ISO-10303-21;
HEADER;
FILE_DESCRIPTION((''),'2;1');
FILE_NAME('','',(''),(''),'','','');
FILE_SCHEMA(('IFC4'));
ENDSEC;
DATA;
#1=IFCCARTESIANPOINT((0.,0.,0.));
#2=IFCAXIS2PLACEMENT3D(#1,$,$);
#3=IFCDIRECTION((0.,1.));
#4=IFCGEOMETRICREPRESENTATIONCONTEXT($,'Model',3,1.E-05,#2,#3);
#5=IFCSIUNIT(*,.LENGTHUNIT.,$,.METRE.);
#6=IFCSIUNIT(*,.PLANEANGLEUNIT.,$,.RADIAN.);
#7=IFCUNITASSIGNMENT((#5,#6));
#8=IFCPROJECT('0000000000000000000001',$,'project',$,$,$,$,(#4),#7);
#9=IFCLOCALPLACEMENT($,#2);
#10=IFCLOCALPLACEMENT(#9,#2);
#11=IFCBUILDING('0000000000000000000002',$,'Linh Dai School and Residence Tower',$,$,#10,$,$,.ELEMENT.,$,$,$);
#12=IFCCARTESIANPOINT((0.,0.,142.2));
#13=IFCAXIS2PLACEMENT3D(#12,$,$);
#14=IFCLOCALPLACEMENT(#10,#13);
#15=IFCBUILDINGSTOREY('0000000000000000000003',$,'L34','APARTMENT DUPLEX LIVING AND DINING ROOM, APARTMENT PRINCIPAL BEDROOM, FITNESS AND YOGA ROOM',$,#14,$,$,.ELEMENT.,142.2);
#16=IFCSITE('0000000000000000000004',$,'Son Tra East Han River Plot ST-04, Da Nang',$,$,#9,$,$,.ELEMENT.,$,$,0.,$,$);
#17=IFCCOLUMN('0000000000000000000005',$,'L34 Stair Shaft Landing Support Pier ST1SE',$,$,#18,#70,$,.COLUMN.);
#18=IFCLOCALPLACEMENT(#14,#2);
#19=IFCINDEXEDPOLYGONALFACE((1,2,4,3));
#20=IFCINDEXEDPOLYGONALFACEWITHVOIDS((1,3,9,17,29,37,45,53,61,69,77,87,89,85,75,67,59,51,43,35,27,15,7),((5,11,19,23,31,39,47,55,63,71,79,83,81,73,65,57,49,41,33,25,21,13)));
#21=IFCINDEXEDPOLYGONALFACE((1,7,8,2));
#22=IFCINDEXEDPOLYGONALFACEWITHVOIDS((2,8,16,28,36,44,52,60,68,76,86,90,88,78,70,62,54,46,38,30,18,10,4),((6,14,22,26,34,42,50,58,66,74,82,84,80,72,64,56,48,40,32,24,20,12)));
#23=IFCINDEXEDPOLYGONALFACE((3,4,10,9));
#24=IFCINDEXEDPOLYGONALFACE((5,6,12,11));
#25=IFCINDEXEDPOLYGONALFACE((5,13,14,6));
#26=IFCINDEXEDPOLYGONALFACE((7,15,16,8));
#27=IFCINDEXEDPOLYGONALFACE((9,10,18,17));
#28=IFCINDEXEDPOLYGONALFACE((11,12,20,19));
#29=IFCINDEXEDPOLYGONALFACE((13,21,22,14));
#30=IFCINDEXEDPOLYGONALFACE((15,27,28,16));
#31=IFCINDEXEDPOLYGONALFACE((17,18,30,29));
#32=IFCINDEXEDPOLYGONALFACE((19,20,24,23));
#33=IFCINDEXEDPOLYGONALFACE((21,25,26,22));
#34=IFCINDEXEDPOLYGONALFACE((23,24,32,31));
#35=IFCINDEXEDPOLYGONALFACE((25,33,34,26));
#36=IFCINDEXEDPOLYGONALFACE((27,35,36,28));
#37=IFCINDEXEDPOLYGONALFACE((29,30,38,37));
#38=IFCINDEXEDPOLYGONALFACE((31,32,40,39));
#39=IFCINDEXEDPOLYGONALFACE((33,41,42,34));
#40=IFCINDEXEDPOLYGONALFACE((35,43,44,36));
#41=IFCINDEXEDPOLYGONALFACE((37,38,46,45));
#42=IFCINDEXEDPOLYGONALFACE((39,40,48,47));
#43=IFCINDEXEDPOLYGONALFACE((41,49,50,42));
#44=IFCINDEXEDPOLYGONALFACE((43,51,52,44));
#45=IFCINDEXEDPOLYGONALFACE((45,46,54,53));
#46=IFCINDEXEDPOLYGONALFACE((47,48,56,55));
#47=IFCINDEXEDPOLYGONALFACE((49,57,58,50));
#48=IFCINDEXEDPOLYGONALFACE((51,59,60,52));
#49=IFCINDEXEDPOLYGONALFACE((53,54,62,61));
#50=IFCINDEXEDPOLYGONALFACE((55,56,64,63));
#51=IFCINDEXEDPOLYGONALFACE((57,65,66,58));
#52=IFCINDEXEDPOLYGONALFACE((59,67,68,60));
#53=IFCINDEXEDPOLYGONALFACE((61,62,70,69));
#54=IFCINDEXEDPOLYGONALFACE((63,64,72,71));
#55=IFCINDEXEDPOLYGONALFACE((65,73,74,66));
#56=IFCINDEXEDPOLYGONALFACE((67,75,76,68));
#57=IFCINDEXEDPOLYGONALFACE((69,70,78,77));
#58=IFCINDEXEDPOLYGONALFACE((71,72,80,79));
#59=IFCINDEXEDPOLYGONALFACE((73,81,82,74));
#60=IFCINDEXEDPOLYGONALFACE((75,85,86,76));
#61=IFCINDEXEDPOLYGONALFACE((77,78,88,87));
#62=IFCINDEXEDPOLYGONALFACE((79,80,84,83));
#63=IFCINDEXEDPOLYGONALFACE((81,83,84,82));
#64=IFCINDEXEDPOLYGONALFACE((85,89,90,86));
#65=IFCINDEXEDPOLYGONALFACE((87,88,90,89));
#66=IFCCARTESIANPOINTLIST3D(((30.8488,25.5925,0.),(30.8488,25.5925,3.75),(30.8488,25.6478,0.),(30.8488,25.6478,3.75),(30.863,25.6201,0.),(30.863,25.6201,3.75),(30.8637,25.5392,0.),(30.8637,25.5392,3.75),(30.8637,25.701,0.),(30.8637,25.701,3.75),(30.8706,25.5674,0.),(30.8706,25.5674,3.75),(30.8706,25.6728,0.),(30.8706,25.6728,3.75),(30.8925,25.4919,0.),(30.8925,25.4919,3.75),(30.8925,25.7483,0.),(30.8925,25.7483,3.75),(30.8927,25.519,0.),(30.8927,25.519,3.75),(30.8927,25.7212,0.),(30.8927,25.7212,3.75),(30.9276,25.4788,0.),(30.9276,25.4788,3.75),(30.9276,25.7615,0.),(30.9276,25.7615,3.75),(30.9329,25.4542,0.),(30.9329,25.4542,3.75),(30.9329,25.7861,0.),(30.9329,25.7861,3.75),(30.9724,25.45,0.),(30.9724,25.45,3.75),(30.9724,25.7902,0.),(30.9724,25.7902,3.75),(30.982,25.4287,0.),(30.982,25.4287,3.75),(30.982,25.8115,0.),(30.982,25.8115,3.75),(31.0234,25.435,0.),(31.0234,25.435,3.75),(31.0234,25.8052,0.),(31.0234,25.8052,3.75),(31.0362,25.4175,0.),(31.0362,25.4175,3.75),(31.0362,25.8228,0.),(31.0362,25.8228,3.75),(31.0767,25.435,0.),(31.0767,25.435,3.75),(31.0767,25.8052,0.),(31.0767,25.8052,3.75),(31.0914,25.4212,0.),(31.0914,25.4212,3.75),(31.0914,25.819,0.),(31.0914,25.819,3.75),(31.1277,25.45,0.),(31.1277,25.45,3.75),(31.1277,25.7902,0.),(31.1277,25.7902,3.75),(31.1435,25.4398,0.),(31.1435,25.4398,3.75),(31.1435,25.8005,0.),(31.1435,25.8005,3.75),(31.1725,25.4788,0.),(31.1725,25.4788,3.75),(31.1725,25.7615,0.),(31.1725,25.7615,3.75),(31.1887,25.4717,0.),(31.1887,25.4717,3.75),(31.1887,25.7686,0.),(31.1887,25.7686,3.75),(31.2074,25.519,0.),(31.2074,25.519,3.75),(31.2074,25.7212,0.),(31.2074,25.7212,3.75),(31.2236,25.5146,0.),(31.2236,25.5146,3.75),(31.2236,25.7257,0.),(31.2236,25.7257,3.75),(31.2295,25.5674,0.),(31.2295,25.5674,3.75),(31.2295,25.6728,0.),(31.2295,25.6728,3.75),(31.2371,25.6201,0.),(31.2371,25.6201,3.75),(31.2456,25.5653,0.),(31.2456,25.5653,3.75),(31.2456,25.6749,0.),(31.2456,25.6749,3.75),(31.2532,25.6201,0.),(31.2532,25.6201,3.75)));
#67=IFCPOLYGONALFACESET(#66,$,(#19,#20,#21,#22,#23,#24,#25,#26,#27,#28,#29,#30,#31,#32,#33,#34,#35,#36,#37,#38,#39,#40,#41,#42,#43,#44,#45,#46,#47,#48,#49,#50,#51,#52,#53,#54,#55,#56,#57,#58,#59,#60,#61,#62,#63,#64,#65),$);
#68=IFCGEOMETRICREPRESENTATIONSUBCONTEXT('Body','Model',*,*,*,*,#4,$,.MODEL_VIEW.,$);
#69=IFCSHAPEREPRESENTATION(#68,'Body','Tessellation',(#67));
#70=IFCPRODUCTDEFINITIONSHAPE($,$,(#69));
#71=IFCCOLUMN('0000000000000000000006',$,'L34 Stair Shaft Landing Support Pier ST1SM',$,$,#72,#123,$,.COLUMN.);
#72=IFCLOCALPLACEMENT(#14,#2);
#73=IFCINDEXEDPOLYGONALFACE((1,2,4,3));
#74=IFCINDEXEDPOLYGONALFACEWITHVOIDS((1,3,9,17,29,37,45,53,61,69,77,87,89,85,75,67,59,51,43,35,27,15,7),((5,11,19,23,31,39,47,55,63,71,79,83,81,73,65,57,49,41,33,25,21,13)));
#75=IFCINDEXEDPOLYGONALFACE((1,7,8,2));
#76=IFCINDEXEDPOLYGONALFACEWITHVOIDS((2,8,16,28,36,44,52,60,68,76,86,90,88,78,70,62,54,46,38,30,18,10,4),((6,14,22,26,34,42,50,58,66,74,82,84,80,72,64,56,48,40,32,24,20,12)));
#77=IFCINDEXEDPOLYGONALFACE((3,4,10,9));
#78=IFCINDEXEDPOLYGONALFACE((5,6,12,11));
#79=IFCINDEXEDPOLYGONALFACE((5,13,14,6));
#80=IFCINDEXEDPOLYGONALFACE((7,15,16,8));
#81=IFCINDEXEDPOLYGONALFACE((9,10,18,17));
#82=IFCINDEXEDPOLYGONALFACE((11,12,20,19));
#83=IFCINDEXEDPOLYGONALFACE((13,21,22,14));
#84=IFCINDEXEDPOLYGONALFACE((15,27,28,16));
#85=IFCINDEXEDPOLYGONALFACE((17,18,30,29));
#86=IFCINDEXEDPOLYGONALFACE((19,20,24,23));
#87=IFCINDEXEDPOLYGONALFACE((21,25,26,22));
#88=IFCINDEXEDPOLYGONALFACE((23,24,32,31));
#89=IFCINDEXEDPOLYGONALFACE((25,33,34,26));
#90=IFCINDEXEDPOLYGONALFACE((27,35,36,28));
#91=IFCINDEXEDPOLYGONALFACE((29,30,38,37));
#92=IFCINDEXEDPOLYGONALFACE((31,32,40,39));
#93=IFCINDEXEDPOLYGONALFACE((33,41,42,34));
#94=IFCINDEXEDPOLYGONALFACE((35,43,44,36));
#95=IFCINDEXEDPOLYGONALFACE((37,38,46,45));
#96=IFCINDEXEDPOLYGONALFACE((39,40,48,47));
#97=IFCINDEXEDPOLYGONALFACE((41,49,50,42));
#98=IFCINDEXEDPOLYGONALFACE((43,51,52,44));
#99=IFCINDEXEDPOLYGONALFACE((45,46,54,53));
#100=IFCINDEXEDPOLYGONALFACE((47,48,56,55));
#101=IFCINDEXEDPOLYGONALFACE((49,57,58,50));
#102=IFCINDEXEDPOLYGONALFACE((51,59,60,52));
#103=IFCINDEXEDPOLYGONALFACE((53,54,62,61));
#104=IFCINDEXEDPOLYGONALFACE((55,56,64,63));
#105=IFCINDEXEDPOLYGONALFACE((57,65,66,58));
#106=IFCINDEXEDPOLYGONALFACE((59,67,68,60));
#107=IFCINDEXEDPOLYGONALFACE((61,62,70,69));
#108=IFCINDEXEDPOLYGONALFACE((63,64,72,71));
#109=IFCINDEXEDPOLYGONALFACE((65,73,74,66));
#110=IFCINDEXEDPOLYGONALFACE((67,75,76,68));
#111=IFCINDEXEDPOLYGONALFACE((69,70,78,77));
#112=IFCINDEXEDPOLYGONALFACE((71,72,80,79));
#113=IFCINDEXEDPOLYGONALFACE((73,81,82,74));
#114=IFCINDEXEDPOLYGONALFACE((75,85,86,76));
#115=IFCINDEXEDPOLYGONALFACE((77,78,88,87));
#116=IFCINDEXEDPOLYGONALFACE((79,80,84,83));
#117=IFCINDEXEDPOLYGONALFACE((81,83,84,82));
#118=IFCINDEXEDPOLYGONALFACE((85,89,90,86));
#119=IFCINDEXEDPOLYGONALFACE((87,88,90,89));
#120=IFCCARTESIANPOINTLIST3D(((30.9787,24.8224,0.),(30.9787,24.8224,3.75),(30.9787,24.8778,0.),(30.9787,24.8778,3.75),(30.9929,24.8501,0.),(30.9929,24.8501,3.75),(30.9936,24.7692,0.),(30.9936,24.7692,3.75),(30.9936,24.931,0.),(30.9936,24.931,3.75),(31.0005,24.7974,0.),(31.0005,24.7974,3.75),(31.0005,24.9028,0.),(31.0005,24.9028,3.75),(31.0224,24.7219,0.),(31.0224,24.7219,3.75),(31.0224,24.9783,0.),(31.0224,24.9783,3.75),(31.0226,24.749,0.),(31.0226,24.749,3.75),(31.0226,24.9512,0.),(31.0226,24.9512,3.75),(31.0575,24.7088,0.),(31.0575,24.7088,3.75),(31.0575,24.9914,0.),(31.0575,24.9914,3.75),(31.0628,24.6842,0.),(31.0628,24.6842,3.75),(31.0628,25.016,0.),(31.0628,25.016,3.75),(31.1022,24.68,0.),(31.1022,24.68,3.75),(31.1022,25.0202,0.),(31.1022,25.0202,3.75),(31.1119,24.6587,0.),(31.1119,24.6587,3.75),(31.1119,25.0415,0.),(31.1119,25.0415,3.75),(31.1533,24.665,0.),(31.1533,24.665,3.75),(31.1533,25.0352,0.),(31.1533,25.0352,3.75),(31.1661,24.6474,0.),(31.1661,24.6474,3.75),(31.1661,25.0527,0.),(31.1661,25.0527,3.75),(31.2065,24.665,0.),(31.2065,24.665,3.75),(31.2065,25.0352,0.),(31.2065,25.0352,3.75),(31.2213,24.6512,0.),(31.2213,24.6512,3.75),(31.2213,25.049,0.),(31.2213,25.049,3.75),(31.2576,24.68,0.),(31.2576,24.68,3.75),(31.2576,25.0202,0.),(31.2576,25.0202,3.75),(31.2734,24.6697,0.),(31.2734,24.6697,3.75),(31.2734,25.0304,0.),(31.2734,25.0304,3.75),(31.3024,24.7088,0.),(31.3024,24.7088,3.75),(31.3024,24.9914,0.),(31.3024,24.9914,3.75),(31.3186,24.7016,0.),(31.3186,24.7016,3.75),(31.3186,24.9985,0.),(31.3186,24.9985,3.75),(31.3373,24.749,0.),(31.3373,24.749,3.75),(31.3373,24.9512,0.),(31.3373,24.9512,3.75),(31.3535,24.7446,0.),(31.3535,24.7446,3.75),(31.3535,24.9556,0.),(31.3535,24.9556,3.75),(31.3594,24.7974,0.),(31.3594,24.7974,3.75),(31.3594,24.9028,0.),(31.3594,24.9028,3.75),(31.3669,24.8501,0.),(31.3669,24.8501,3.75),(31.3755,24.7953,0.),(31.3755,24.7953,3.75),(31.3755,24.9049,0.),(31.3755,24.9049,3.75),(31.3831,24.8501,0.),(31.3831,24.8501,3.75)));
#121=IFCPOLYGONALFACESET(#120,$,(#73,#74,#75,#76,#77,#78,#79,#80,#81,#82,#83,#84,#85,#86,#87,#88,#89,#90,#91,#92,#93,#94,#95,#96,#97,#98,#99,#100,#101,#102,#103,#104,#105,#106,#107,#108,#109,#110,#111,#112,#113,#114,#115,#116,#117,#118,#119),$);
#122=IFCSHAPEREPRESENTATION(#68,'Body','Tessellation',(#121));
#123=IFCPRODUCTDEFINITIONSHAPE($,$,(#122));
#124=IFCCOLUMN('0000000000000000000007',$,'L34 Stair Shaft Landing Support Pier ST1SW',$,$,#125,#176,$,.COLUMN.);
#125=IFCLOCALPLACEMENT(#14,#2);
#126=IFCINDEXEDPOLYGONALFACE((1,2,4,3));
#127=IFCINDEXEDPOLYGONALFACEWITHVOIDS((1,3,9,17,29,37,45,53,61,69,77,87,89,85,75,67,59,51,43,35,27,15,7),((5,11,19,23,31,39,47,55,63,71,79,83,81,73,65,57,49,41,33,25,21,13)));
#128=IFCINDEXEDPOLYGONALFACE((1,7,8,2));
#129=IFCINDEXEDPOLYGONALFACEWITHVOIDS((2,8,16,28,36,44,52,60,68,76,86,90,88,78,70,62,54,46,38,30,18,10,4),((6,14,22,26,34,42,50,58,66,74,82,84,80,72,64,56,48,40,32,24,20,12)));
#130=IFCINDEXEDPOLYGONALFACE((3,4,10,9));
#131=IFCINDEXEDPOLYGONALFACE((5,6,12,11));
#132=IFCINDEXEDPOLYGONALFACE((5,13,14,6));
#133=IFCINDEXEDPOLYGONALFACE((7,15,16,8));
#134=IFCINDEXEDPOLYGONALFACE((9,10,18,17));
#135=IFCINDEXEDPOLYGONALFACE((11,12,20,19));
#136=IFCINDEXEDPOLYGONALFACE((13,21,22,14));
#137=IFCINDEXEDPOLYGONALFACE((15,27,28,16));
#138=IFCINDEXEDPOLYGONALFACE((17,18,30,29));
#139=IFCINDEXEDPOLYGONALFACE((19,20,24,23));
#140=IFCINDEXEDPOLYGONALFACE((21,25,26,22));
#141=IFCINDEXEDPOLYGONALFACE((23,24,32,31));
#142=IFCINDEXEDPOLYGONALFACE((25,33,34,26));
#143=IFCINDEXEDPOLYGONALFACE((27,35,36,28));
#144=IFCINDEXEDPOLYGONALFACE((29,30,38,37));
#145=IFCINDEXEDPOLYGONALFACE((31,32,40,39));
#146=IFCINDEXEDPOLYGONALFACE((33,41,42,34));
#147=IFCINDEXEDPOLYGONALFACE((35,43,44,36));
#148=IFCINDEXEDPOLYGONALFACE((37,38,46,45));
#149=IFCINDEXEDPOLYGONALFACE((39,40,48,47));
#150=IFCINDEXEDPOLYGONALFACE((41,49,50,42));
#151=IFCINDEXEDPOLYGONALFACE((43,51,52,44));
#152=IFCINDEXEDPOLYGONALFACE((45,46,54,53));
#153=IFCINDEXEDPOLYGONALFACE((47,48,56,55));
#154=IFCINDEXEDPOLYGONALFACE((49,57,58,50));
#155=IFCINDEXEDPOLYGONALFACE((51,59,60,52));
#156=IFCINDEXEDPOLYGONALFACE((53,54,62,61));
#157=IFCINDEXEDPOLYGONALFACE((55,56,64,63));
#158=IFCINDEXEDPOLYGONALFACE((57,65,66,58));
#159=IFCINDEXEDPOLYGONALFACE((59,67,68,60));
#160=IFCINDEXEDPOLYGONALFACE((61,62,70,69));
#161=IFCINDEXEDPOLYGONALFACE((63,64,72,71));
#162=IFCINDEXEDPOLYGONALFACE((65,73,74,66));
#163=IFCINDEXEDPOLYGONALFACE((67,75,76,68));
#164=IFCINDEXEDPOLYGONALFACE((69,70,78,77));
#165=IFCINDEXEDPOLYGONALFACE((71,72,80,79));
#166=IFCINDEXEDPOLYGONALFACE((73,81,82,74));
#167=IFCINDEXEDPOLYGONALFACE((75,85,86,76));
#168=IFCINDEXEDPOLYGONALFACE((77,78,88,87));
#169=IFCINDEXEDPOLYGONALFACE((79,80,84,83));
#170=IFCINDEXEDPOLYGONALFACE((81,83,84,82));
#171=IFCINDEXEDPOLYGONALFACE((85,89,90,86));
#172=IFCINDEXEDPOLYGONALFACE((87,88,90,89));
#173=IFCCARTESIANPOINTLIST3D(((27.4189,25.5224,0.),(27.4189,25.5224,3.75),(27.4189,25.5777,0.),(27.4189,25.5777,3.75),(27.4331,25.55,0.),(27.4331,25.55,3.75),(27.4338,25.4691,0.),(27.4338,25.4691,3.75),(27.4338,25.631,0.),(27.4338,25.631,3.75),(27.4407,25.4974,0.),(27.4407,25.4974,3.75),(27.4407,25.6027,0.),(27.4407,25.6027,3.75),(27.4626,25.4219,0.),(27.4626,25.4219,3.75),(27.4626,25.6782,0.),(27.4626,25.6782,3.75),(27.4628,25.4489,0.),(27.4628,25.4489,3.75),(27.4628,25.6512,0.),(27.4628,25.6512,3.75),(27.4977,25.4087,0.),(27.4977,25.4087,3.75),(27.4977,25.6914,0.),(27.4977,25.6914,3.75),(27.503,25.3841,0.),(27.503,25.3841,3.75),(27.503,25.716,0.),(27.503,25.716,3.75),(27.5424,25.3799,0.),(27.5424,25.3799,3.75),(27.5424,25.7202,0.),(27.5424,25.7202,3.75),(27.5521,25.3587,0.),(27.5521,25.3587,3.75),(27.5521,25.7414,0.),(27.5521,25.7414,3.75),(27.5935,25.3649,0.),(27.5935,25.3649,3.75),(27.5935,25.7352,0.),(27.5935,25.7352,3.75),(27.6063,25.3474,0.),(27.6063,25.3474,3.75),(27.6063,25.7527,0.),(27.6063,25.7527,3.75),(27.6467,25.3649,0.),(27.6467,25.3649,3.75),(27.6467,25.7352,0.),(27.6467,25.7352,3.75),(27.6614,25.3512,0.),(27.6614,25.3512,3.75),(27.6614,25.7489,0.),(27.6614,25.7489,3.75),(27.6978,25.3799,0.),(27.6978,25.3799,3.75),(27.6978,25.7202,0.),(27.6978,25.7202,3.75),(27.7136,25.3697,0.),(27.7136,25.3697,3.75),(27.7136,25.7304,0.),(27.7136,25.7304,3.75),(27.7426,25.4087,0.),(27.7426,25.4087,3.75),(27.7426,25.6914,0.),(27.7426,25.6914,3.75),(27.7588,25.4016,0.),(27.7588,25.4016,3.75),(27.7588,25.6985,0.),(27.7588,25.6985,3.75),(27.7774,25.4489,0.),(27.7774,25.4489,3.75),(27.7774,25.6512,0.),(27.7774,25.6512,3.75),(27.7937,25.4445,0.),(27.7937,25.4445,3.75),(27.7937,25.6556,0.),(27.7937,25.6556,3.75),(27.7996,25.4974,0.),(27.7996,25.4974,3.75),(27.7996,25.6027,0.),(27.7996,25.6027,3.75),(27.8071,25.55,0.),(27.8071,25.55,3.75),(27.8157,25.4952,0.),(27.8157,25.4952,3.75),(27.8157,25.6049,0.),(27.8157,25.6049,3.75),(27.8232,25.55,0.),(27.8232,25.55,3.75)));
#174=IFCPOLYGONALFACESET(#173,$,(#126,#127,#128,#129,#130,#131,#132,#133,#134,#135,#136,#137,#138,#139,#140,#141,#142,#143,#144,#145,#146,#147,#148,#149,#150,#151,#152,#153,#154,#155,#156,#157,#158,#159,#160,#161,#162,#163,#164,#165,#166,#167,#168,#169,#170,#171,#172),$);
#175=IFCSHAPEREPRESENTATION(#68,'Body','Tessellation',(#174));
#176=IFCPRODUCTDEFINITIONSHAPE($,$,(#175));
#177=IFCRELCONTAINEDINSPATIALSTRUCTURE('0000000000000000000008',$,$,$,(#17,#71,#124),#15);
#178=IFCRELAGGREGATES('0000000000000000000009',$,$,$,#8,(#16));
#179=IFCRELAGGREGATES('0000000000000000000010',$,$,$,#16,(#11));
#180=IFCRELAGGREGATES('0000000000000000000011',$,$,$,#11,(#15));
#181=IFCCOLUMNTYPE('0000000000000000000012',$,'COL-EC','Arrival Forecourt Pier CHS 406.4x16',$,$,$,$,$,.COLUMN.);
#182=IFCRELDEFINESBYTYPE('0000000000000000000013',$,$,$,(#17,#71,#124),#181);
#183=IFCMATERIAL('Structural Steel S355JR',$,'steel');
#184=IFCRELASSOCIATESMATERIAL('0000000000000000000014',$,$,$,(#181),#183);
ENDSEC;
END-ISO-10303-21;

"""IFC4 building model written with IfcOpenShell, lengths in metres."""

from ifc_helpers import new_model, si_unit, direction, frame, origin, origin_2d, place, context, subcontext, project, spatial, hollow_circle, extrude, material, material_profile, profile_set, type_object, element, save


model = new_model("IFC4")

# Units and contexts
model_context = context("Model", 3, precision=1e-05, world=origin(), true_north=direction((0.0, 1.0)))
body_context = subcontext(model_context, "Body", "Model", "MODEL_VIEW")
ifc_project = project(units=[si_unit("LENGTHUNIT", "METRE"), si_unit("PLANEANGLEUNIT", "RADIAN")], contexts=[model_context])

# Site, building, storey
site_placement = place(None, origin())
site = spatial("IfcSite", under=ifc_project, at=site_placement, Name="Son Tra East Han River Plot ST-04, Da Nang", CompositionType="ELEMENT", RefElevation=0.0)
building_placement = place(site_placement, origin())
building = spatial("IfcBuilding", under=site, at=building_placement, Name="Linh Dai School and Residence Tower", CompositionType="ELEMENT")
storey_placement = place(building_placement, frame((0.0, 0.0, 142.2)))
storey = spatial("IfcBuildingStorey", under=building, at=storey_placement, Name="L34", Description="APARTMENT DUPLEX LIVING AND DINING ROOM, APARTMENT PRINCIPAL BEDROOM, FITNESS AND YOGA ROOM", CompositionType="ELEMENT", Elevation=142.2)

# Columns
ifc_material_1 = material(Name="Structural Steel S355JR", Category="steel")
ifc_material_profile_1 = material_profile(ifc_material_1, hollow_circle(Radius=0.2031, WallThickness=0.0161, at=origin_2d()), Name="CHS 406.4x16")
ifc_profile_set_1 = profile_set([ifc_material_profile_1], Name="Structural Steel S355JR")
column_type = type_object("IfcColumnType", Name="COL-EC", Description="Arrival Forecourt Pier CHS 406.4x16", PredefinedType="COLUMN", material=ifc_profile_set_1)
for number, where, z_axis, x_axis, name in (
    (1, (31.05, 25.6201, 0.0), (0.0, 0.0, 1.0), (1.0, 0.0, 0.0), "L34 Stair Shaft Landing Support Pier ST1SE"),
    (2, (31.1799, 24.8501, 0.0), (0.0, 0.0, 1.0), (1.0, 0.0, 0.0), "L34 Stair Shaft Landing Support Pier ST1SM"),
    (3, (27.6201, 25.55, 0.0), (0.0, 0.0, 1.0), (1.0, 0.0, 0.0), "L34 Stair Shaft Landing Support Pier ST1SW"),
):
    element("IfcColumn", number, at=place(storey_placement, frame(where, z_axis=z_axis, x_axis=x_axis)), inside=storey, type_object=column_type, Name=name, PredefinedType="COLUMN", context=body_context, shape_type="SweptSolid", body=[
        extrude(hollow_circle(Radius=0.2031, WallThickness=0.0161, at=origin_2d()), origin(), (0.0, 0.0, 1.0), 3.75),
    ])

save(model, "model.ifc")
